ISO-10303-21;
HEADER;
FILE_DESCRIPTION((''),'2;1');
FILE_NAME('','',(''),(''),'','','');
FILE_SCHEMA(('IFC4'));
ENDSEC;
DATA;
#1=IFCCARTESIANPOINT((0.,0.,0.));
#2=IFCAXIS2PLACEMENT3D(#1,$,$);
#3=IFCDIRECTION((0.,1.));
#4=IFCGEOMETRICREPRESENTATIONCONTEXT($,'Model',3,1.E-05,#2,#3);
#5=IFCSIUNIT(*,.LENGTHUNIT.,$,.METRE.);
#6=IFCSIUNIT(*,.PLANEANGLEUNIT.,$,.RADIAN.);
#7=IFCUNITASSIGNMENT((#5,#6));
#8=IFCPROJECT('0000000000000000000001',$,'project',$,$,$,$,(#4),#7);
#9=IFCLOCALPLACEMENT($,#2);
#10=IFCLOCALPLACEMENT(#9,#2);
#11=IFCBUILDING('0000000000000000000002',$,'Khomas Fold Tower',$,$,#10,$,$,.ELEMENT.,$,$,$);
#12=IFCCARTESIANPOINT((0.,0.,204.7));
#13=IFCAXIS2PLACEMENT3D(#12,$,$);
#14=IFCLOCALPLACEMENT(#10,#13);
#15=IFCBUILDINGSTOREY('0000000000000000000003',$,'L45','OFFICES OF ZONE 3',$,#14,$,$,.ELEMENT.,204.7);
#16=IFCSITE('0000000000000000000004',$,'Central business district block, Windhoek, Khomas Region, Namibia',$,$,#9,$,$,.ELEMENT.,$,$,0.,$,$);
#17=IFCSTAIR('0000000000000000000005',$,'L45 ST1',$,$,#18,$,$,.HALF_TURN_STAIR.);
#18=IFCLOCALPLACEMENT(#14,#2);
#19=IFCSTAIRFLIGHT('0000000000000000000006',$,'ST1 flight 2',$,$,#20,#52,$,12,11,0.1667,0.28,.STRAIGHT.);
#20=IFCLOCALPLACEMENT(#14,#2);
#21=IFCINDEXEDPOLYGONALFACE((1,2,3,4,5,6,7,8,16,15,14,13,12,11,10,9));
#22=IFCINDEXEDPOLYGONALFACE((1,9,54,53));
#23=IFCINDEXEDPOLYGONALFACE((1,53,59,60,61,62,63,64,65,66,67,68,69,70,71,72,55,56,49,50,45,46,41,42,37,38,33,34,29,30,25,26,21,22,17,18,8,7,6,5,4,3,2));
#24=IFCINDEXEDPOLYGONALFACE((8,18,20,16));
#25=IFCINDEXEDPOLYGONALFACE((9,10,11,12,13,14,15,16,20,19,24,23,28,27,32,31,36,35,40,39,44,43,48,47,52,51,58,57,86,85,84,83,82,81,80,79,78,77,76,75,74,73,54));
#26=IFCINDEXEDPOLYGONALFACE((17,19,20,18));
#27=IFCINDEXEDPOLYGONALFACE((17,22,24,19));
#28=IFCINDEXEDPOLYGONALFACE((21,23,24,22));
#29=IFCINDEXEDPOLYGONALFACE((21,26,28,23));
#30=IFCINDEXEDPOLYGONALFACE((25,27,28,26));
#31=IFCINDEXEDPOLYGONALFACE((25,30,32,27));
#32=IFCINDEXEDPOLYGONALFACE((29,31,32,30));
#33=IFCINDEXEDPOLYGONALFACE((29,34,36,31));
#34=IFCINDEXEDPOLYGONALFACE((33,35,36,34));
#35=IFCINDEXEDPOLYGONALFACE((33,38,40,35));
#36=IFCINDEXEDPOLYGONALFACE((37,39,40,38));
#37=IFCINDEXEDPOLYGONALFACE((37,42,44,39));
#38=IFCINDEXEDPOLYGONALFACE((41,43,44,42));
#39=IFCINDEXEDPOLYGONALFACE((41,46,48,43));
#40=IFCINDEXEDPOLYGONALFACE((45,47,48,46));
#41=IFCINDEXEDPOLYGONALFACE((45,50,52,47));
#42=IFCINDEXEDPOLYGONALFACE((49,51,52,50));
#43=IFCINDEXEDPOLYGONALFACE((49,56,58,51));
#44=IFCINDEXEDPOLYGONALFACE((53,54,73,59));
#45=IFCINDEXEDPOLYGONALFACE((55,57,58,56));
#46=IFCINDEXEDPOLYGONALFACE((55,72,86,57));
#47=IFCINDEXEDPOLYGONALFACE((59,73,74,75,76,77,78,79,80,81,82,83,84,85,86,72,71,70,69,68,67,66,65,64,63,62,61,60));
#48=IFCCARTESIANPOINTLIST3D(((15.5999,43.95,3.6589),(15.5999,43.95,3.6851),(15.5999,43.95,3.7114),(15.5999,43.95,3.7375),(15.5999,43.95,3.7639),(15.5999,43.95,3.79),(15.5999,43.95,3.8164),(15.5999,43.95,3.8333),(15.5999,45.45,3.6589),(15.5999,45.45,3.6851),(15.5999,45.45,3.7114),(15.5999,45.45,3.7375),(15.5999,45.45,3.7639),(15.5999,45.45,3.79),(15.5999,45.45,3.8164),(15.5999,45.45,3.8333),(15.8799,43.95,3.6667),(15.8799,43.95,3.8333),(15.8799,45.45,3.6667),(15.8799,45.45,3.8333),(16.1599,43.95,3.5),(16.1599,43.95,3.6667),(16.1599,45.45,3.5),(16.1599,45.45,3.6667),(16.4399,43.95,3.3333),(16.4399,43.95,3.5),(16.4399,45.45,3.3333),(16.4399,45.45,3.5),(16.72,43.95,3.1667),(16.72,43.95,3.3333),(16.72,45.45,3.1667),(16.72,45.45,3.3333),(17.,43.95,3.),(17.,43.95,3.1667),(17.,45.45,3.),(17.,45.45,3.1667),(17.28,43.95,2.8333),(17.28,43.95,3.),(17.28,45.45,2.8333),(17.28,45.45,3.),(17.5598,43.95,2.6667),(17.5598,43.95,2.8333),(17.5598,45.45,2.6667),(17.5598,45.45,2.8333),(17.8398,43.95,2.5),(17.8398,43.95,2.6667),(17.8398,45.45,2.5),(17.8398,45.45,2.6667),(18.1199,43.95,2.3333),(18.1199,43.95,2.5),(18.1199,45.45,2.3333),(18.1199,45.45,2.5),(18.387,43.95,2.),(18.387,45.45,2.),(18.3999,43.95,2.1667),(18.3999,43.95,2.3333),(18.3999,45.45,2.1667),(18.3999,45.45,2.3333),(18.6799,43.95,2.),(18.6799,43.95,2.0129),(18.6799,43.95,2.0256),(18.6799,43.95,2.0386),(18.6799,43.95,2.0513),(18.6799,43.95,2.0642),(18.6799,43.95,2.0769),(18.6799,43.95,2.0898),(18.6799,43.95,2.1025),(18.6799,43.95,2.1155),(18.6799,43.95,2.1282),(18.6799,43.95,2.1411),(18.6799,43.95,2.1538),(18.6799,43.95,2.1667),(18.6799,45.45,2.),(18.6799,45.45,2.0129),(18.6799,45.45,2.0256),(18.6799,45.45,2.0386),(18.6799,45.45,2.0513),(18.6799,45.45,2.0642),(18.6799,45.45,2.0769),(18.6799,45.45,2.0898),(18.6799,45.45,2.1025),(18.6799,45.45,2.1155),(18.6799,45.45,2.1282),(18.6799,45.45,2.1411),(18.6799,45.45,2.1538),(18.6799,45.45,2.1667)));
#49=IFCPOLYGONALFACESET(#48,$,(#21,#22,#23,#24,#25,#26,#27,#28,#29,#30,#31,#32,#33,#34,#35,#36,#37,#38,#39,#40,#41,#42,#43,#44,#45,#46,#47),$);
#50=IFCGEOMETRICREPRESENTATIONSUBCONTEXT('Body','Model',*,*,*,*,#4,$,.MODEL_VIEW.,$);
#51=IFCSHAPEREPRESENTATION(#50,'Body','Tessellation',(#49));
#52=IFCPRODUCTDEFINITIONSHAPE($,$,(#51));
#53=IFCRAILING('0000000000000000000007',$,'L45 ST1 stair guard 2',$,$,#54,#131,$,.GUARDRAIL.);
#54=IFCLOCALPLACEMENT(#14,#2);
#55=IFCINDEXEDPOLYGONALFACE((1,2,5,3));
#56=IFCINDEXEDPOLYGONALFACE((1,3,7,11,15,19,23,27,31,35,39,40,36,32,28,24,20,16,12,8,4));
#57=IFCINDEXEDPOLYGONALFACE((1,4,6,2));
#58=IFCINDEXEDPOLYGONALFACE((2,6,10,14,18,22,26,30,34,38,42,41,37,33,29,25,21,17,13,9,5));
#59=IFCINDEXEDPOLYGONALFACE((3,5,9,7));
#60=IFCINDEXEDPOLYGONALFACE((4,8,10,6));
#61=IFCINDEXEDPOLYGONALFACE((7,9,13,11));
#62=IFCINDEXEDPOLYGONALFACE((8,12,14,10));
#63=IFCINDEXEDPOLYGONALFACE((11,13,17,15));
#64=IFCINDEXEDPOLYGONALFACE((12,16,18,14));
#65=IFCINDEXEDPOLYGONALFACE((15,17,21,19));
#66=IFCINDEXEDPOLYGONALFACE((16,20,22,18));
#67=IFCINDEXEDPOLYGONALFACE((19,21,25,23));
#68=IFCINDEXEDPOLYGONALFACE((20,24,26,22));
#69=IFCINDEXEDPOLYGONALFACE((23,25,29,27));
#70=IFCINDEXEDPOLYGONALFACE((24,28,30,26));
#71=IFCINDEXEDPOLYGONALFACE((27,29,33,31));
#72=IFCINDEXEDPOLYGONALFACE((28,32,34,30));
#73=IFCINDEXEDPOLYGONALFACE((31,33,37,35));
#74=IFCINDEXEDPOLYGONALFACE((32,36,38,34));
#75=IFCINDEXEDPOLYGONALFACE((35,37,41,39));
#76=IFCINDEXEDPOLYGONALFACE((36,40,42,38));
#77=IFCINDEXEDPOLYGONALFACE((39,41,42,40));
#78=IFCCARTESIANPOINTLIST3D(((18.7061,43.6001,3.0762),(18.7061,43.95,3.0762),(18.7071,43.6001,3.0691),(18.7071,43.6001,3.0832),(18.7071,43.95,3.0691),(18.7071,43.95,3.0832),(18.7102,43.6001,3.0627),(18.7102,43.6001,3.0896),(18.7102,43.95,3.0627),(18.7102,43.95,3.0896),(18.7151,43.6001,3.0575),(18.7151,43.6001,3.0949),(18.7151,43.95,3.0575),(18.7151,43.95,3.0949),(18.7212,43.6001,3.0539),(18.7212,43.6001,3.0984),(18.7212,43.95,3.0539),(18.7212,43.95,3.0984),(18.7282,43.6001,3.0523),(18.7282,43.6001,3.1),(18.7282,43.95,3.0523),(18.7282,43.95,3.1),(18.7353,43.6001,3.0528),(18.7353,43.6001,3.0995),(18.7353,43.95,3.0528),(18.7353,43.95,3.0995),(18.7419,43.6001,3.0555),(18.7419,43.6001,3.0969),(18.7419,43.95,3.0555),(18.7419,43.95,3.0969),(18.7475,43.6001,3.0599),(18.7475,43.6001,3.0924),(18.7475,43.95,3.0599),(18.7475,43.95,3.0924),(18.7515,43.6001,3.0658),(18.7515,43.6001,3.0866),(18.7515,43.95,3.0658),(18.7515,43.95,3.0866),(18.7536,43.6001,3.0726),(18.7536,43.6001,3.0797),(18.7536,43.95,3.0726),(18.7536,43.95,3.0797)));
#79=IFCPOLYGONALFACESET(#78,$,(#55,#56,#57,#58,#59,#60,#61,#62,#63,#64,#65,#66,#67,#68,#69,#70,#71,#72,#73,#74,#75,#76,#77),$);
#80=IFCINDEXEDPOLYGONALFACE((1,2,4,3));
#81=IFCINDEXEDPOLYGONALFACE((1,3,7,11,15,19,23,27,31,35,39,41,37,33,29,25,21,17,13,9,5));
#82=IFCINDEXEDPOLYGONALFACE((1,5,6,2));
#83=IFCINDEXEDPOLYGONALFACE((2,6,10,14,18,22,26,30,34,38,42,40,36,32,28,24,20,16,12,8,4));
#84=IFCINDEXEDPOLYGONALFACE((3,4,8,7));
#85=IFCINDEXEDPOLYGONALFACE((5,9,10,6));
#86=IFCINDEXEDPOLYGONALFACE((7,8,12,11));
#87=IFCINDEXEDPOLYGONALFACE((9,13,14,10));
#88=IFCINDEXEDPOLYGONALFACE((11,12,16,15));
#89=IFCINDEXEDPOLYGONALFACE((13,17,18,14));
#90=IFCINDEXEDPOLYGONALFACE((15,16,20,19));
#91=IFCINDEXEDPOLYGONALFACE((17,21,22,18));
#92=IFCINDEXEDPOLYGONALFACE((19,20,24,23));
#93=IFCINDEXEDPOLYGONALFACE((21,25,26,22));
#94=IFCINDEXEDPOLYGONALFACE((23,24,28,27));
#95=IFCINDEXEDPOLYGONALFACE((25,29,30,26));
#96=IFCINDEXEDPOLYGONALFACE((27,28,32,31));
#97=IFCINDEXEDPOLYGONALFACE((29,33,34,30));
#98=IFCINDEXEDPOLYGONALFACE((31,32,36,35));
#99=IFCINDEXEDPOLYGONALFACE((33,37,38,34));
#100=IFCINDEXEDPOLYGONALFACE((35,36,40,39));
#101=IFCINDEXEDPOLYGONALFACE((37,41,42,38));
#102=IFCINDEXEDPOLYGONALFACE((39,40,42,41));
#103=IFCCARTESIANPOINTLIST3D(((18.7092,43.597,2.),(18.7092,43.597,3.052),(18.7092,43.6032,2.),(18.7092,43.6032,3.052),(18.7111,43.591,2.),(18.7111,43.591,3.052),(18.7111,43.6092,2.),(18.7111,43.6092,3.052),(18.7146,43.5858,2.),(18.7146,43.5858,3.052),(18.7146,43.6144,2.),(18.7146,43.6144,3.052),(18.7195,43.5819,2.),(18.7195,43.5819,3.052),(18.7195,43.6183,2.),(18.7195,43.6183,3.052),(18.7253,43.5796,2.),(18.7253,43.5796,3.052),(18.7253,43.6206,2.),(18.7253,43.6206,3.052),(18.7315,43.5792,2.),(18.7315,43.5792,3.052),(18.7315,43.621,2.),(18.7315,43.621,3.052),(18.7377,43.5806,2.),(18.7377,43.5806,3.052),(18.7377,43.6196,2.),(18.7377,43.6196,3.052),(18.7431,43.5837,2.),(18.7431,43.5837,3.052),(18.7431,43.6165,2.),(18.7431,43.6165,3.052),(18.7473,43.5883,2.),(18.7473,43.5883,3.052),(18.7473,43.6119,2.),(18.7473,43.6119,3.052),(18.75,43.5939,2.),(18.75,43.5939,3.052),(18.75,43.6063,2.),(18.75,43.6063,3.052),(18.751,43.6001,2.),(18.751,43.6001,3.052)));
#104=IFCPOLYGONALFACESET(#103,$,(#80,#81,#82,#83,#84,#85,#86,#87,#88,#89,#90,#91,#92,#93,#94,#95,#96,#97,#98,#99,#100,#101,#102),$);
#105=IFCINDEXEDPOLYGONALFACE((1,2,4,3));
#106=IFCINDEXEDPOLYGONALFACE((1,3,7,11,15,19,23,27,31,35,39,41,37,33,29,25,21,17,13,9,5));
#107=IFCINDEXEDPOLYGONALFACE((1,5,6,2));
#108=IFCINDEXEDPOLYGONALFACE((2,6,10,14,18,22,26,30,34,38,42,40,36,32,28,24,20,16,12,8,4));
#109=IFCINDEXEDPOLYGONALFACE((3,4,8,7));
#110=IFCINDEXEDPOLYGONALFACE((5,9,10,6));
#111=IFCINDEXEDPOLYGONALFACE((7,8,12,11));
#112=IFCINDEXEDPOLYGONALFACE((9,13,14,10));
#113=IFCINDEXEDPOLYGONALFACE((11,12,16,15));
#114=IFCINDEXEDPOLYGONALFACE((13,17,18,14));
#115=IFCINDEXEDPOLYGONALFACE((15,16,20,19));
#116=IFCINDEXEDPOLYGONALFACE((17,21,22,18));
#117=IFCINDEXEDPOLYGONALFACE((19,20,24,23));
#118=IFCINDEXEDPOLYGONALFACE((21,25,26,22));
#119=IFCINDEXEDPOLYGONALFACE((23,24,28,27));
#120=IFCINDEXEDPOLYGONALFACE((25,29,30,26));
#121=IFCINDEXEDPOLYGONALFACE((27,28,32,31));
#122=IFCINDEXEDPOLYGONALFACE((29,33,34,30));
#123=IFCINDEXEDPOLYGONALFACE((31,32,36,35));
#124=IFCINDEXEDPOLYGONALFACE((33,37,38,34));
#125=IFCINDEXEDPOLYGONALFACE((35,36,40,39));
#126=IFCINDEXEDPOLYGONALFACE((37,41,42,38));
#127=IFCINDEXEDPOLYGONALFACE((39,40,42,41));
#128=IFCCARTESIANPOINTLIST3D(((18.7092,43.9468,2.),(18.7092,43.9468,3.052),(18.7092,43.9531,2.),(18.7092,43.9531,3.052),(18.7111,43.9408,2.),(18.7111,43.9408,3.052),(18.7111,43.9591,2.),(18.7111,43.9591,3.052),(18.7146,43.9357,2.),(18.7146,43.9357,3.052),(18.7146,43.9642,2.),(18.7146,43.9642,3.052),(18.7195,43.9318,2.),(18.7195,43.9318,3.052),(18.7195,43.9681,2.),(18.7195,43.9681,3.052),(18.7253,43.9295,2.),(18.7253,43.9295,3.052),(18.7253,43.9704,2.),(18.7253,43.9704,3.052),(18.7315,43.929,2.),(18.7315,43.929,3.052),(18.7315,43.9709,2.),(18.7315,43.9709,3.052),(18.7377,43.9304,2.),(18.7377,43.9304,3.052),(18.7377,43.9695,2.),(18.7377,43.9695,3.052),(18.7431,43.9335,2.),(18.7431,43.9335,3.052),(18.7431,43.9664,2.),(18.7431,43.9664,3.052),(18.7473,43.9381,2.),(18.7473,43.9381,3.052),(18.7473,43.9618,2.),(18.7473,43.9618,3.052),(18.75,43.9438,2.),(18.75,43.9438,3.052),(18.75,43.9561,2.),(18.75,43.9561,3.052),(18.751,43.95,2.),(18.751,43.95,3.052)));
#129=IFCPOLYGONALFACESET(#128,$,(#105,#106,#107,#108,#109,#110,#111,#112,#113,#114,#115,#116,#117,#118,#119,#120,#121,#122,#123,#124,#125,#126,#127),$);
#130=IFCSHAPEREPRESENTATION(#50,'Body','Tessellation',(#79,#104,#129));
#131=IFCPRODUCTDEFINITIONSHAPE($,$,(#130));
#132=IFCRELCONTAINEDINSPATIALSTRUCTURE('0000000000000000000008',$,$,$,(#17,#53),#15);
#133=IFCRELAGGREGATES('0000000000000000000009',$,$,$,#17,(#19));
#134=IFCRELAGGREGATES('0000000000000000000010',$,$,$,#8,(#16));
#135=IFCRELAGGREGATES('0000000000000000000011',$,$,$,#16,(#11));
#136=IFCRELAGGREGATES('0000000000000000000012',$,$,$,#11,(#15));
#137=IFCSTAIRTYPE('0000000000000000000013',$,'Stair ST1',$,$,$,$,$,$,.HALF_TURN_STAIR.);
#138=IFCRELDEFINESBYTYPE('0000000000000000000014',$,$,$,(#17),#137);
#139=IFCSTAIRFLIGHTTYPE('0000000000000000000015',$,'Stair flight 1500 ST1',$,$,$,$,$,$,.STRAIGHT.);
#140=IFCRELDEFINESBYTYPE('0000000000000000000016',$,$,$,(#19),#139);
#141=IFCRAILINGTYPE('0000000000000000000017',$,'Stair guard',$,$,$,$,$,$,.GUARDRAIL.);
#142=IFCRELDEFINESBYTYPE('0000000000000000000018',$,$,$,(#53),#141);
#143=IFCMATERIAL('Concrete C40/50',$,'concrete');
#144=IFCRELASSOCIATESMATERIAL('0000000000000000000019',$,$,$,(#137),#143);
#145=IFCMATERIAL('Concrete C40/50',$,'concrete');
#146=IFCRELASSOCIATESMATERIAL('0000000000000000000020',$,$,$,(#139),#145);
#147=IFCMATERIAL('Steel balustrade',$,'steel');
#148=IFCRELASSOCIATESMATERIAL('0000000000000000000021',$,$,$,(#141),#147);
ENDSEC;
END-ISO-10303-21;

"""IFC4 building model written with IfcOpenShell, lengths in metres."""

from ifc_helpers import new_model, si_unit, direction, frame, origin, origin_2d, place, context, subcontext, project, spatial, polyline, circle, outline, extrude, source, transform, mapped, material, type_object, element, aggregate, save


model = new_model("IFC4")

# Units and contexts
model_context = context("Model", 3, precision=1e-05, world=origin(), true_north=direction((0.0, 1.0)))
body_context = subcontext(model_context, "Body", "Model", "MODEL_VIEW")
ifc_project = project(units=[si_unit("LENGTHUNIT", "METRE"), si_unit("PLANEANGLEUNIT", "RADIAN")], contexts=[model_context])

# Site, building, storey
site_placement = place(None, origin())
site = spatial("IfcSite", under=ifc_project, at=site_placement, Name="Central business district block, Windhoek, Khomas Region, Namibia", CompositionType="ELEMENT", RefElevation=0.0)
building_placement = place(site_placement, origin())
building = spatial("IfcBuilding", under=site, at=building_placement, Name="Khomas Fold Tower", CompositionType="ELEMENT")
storey_placement = place(building_placement, frame((0.0, 0.0, 204.7)))
storey = spatial("IfcBuildingStorey", under=building, at=storey_placement, Name="L45", Description="OFFICES OF ZONE 3", CompositionType="ELEMENT", Elevation=204.7)

# Stair, stair flight
ifc_material_1 = material(Name="Concrete C40/50", Category="concrete")
stair_type = type_object("IfcStairType", Name="Stair ST1", PredefinedType="HALF_TURN_STAIR", material=ifc_material_1)
stair_placement = place(storey_placement, origin())
stair = element("IfcStair", 1, at=stair_placement, inside=storey, type_object=stair_type, Name="L45 ST1", PredefinedType="HALF_TURN_STAIR")
ifc_material_2 = material(Name="Concrete C40/50", Category="concrete")
stair_flight_type = type_object("IfcStairFlightType", Name="Stair flight 1500 ST1", PredefinedType="STRAIGHT", material=ifc_material_2)
shared_shape_1 = source(origin(), body_context, "Body", "SweptSolid", [
    extrude(outline(polyline([(0.0, 0.0), (0.0, 0.0129), (0.0, 0.0256), (0.0, 0.0386), (0.0, 0.0513), (0.0, 0.0642), (0.0, 0.0769), (0.0, 0.0898), (0.0, 0.1025), (0.0, 0.1155), (0.0, 0.1282), (0.0, 0.1411), (0.0, 0.1538), (0.0, 0.1667), (0.28, 0.1667), (0.28, 0.3333), (0.5601, 0.3333), (0.5601, 0.5), (0.8401, 0.5), (0.8401, 0.6667), (1.1201, 0.6667), (1.1201, 0.8333), (1.3999, 0.8333), (1.3999, 1.0), (1.6799, 1.0), (1.6799, 1.1667), (1.96, 1.1667), (1.96, 1.3333), (2.24, 1.3333), (2.24, 1.5), (2.52, 1.5), (2.52, 1.6667), (2.8, 1.6667), (2.8, 1.8333), (3.0801, 1.8333), (3.0801, 2.0), (3.0801, 1.9739), (3.0801, 1.9475), (3.0801, 1.9214), (3.0801, 1.895), (3.0801, 1.8689), (3.0801, 1.8425), (3.0801, 1.8164), (3.0801, 1.79), (3.0801, 1.7639), (3.0801, 1.7375), (3.0801, 1.7114), (3.0801, 1.6851), (3.0801, 1.6589), (0.293, 0.0), (0.0, 0.0)])), frame((0.0, 0.75, 0.0), z_axis=(0.0, -1.0, 0.0), x_axis=(1.0, 0.0, 0.0)), (0.0, 0.0, 1.0), 1.5),
])
stair_flight_1_placement = place(storey_placement, frame((18.6799, 44.7, 2.0), z_axis=(0.0, 0.0, 1.0), x_axis=(-1.0, 0.0, 0.0)))
stair_flight_1 = element("IfcStairFlight", 2, at=stair_flight_1_placement, type_object=stair_flight_type, Name="ST1 flight 2", NumberOfRisers=12, NumberOfTreads=11, PredefinedType="STRAIGHT", RiserHeight=0.1667, TreadLength=0.28, context=body_context, shape_type="MappedRepresentation", body=[
    mapped(shared_shape_1, transform((0.0, 0.0, 0.0))),
])
aggregate(stair, [stair_flight_1])

# Railing
ifc_material_3 = material(Name="Steel balustrade", Category="steel")
railing_type_1 = type_object("IfcRailingType", Name="Stair guard", PredefinedType="GUARDRAIL", material=ifc_material_3)
shared_shape_2 = source(origin(), body_context, "Body", "SweptSolid", [
    extrude(circle(Radius=0.0239, at=origin_2d()), frame((0.0, 0.0, 1.0762), z_axis=(0.0, 1.0, 0.0), x_axis=(-1.0, 0.0, 0.0)), (0.0, 0.0, 1.0), 0.3499),
    extrude(circle(Radius=0.021, at=origin_2d()), origin(), (0.0, 0.0, 1.0), 1.052),
    extrude(circle(Radius=0.021, at=origin_2d()), frame((0.0, 0.3499, 0.0)), (0.0, 0.0, 1.0), 1.052),
])
for number, where, name in (
    (3, (18.73, 43.6001, 2.0), "L45 ST1 stair guard 2"),
):
    element("IfcRailing", number, at=place(storey_placement, frame(where)), inside=storey, type_object=railing_type_1, Name=name, PredefinedType="GUARDRAIL", context=body_context, shape_type="MappedRepresentation", body=[
        mapped(shared_shape_2, transform((0.0, 0.0, 0.0))),
    ])

save(model, "model.ifc")
